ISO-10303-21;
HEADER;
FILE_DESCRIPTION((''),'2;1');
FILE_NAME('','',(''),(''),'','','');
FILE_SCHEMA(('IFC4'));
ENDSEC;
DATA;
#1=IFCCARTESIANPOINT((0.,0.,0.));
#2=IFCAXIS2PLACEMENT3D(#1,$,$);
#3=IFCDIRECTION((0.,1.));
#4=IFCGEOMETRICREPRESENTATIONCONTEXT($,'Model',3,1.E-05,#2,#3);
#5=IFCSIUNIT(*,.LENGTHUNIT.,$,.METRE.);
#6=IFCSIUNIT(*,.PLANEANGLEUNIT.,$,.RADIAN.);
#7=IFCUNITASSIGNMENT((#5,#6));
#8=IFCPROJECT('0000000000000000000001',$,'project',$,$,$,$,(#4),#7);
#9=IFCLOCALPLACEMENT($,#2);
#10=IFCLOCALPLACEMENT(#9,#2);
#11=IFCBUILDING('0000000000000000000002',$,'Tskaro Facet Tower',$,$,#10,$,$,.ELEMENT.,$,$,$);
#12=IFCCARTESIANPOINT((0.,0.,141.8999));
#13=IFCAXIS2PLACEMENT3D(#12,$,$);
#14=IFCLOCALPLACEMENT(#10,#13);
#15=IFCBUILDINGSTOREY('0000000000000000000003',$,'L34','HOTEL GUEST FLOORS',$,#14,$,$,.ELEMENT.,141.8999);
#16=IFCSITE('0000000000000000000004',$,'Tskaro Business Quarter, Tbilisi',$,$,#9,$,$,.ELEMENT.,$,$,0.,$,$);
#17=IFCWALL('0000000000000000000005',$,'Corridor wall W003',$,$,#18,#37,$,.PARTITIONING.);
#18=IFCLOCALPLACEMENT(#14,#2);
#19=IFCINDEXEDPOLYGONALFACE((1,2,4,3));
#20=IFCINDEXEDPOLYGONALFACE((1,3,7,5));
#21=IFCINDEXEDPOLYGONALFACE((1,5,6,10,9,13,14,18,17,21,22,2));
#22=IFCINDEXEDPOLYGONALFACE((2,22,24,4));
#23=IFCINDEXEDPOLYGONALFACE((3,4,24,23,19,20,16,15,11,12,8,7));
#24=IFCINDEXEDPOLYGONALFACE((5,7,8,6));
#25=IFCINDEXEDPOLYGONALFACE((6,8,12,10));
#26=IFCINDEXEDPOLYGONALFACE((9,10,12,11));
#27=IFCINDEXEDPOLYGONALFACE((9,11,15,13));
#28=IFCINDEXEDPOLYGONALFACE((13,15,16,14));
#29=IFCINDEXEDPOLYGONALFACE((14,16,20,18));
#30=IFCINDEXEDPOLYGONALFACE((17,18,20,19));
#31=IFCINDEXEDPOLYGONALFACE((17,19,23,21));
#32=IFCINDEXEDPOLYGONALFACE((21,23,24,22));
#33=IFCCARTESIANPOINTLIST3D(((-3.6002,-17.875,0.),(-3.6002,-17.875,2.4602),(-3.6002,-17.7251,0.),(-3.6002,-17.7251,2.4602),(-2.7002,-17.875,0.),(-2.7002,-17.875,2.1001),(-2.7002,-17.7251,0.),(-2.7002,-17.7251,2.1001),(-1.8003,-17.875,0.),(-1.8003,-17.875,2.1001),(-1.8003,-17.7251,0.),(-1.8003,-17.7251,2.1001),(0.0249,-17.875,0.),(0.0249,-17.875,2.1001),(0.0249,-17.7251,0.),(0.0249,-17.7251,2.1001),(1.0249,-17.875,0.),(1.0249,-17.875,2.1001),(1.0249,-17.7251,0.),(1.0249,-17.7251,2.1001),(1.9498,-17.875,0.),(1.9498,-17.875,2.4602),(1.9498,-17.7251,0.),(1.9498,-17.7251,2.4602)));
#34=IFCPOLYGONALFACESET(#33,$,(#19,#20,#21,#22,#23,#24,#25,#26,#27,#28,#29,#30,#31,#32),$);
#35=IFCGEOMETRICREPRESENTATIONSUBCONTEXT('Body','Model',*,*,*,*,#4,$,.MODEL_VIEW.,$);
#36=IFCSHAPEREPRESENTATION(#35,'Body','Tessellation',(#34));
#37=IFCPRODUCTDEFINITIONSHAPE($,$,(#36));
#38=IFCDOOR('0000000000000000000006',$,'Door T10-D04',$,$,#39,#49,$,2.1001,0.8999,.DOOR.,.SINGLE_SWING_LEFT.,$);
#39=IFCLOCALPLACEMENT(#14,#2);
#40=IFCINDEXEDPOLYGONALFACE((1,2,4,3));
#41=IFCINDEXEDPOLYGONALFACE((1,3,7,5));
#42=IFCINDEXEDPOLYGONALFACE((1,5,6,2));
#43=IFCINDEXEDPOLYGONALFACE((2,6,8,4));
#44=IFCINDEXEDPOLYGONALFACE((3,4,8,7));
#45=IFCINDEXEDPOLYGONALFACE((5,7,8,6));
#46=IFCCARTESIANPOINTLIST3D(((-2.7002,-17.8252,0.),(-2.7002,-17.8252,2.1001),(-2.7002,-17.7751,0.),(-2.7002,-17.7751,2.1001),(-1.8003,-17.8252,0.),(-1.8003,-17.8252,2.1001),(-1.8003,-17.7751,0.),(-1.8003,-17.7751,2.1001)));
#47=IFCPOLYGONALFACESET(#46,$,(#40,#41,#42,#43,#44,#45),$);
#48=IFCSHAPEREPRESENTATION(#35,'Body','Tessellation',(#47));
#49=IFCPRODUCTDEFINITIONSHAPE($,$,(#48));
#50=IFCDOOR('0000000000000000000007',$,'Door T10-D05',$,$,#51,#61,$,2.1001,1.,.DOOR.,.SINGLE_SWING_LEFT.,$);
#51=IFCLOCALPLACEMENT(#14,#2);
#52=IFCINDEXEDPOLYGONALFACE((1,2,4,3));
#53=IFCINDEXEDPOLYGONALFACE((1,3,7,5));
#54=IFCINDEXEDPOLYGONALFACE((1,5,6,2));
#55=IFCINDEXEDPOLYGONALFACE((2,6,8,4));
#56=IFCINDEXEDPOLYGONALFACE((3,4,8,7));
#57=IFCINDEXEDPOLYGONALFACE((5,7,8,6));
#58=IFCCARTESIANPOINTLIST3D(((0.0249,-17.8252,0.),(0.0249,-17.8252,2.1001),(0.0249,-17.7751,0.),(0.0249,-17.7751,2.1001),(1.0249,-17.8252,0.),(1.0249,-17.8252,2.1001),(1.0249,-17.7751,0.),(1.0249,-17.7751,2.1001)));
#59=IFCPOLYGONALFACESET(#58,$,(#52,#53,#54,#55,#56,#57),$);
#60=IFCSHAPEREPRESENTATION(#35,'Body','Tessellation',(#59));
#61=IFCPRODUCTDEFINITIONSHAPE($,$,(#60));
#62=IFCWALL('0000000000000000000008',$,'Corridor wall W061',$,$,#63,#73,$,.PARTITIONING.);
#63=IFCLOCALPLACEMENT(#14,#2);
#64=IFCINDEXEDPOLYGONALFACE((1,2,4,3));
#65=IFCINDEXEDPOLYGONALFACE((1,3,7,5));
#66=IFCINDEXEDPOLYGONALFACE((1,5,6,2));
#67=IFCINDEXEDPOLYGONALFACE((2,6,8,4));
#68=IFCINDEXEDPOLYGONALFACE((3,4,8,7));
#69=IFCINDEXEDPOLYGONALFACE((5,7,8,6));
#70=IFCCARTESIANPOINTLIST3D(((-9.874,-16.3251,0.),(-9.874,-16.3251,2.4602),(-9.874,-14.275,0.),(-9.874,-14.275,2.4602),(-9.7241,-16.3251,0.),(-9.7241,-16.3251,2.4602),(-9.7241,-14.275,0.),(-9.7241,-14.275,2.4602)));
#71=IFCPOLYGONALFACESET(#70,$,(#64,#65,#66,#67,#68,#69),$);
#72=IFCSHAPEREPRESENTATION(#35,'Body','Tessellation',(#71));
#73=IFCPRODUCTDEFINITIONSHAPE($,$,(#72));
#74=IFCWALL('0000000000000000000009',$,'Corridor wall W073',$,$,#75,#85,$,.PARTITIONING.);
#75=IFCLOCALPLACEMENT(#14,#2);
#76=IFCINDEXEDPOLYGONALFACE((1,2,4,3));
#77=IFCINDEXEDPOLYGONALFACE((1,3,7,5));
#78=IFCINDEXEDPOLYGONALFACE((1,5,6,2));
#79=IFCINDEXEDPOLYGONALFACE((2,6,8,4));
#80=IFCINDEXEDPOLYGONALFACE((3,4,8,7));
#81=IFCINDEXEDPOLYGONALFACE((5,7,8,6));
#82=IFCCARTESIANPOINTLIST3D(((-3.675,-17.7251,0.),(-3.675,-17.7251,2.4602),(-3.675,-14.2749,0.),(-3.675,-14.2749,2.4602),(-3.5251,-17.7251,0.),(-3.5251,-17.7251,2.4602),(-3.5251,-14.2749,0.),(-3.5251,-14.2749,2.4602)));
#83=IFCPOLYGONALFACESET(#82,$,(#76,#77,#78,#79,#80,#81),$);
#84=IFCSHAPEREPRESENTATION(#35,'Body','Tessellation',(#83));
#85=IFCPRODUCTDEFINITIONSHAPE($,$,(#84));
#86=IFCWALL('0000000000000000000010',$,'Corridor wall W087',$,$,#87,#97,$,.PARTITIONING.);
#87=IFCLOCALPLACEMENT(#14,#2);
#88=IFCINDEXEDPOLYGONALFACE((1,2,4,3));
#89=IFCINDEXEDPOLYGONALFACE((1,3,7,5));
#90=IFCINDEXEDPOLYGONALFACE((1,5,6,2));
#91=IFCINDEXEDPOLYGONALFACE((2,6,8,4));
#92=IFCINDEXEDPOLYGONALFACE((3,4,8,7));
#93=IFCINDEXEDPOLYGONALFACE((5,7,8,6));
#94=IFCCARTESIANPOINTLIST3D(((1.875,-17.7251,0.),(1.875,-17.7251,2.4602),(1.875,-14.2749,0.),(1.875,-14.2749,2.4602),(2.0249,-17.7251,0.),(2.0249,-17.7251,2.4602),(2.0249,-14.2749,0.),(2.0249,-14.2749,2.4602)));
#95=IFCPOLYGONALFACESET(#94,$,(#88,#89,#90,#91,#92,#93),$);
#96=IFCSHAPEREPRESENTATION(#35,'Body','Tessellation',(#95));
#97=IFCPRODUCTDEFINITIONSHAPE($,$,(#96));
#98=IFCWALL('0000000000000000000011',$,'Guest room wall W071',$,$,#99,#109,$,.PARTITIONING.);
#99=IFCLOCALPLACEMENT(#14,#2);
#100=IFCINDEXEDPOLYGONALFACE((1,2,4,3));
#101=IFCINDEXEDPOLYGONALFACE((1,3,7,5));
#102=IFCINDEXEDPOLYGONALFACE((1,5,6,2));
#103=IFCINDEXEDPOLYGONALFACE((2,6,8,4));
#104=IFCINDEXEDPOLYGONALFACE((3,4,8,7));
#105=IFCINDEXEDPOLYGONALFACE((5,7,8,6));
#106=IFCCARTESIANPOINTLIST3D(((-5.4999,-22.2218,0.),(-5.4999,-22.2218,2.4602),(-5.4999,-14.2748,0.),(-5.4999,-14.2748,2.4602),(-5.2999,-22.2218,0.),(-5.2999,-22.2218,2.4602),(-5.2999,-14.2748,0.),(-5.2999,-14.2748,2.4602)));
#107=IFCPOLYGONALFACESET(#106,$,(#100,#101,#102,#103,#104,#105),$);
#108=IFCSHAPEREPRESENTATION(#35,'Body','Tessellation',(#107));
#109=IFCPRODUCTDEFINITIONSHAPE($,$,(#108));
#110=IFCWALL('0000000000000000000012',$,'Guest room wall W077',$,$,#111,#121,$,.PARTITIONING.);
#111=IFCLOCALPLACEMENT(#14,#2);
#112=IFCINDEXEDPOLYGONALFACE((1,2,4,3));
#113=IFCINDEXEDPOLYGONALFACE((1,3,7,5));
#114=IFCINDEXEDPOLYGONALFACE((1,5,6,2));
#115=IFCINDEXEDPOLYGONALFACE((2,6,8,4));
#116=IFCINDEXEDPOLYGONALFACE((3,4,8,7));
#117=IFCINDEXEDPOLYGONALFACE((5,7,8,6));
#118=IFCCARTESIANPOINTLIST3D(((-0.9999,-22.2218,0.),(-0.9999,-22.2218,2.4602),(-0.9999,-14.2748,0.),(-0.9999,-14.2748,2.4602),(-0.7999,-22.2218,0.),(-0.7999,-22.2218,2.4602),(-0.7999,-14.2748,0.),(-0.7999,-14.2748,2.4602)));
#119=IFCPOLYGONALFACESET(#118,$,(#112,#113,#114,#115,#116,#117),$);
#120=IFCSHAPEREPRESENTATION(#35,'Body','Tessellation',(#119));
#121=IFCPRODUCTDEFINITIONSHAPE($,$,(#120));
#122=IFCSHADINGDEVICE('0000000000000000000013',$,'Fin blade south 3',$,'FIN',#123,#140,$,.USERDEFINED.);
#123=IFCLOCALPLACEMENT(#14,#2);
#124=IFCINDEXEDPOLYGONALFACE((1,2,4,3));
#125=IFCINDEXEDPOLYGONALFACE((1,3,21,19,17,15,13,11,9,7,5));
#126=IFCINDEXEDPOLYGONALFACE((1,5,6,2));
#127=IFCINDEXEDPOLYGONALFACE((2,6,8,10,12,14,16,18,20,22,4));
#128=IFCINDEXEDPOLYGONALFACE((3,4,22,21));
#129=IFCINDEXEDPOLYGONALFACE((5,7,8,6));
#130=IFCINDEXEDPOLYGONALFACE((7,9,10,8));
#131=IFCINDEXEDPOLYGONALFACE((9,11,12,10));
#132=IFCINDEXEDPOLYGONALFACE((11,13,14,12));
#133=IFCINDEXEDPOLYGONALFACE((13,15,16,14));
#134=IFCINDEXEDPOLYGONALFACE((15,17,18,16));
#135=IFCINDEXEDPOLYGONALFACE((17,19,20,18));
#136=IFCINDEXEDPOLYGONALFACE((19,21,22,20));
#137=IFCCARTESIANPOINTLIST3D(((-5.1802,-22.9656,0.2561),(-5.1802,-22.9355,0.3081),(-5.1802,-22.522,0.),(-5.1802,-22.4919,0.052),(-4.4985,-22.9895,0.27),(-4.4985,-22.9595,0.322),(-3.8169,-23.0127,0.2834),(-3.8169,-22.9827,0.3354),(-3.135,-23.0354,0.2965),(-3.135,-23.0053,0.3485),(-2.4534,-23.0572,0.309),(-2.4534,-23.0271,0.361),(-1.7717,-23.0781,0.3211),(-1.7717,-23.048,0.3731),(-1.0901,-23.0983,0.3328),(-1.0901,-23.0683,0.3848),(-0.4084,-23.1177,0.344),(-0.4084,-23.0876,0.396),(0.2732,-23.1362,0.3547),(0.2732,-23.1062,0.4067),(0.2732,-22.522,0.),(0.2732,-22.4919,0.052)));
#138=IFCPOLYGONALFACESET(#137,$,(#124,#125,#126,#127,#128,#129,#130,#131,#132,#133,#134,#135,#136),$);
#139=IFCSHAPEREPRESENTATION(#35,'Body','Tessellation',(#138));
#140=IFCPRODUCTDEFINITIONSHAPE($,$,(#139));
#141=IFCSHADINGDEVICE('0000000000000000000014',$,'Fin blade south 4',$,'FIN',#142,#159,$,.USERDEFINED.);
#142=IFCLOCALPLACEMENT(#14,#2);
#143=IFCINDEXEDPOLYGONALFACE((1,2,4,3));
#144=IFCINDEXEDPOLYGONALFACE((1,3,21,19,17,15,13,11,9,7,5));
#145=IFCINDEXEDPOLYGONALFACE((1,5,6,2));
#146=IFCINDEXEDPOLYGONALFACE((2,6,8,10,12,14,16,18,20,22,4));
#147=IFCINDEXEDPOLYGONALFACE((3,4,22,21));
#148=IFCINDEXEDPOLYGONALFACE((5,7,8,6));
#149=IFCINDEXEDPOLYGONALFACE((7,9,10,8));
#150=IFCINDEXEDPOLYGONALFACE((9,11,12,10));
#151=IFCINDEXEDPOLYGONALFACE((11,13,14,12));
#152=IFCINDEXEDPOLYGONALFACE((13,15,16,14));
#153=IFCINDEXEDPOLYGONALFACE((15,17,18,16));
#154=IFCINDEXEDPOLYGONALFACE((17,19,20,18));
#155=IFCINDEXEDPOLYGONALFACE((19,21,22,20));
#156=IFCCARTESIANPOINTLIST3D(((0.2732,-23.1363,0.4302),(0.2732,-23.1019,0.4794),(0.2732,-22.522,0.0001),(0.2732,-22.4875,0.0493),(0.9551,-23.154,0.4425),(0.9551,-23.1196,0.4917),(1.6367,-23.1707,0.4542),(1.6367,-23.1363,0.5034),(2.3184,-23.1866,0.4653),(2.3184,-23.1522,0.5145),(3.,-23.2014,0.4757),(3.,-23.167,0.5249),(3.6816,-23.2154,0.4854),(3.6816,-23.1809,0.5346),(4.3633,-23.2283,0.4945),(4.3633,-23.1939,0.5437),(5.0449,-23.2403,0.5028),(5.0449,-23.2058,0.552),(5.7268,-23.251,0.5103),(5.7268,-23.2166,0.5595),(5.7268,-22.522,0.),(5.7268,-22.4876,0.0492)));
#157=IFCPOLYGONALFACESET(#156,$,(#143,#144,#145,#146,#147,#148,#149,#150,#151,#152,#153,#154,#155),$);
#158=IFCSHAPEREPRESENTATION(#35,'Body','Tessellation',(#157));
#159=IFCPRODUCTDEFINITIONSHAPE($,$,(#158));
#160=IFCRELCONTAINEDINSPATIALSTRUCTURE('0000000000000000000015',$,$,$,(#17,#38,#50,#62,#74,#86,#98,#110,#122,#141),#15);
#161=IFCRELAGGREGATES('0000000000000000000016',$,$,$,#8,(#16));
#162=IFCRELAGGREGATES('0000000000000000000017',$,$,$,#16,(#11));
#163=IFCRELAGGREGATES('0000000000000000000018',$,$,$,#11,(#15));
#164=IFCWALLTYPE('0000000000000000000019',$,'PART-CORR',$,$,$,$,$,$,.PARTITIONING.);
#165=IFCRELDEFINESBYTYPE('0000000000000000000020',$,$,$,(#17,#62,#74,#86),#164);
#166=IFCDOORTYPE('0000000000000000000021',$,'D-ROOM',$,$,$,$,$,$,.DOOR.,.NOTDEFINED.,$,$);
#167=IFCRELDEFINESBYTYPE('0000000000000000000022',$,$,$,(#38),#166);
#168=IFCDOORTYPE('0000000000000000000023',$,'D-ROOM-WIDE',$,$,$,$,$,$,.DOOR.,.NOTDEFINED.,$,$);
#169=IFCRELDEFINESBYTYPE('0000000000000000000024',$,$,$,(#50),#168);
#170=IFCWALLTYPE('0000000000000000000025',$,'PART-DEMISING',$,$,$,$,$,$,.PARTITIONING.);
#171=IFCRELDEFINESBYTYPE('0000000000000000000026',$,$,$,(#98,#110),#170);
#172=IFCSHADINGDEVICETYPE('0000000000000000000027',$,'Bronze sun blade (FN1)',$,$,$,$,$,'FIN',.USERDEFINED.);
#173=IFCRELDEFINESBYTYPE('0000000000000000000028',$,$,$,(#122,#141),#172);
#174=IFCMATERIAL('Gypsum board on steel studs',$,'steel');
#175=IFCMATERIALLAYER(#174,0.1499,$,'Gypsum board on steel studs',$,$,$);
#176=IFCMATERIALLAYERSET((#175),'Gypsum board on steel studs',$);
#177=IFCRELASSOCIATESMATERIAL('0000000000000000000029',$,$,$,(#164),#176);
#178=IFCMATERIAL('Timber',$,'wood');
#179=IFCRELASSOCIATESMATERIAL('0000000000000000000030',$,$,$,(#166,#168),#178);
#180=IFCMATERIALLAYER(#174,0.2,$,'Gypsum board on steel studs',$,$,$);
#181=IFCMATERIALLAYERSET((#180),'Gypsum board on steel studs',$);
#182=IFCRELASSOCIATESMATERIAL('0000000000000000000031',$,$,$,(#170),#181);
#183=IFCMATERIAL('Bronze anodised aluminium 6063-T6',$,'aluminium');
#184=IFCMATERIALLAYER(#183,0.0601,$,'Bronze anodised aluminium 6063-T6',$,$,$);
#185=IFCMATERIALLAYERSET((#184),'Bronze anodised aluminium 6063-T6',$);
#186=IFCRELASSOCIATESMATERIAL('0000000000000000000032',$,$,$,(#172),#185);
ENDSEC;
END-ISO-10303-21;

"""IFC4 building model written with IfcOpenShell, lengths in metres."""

from ifc_helpers import new_model, si_unit, direction, frame, frame_2d, origin, place, context, subcontext, project, spatial, polyline, rectangle, outline, extrude, material, layer, layer_set, type_object, element, fill, save


model = new_model("IFC4")

# Units and contexts
model_context = context("Model", 3, precision=1e-05, world=origin(), true_north=direction((0.0, 1.0)))
body_context = subcontext(model_context, "Body", "Model", "MODEL_VIEW")
ifc_project = project(units=[si_unit("LENGTHUNIT", "METRE"), si_unit("PLANEANGLEUNIT", "RADIAN")], contexts=[model_context])

# Site, building, storey
site_placement = place(None, origin())
site = spatial("IfcSite", under=ifc_project, at=site_placement, Name="Tskaro Business Quarter, Tbilisi", CompositionType="ELEMENT", RefElevation=0.0)
building_placement = place(site_placement, origin())
building = spatial("IfcBuilding", under=site, at=building_placement, Name="Tskaro Facet Tower", CompositionType="ELEMENT")
storey_placement = place(building_placement, frame((0.0, 0.0, 141.8999)))
storey = spatial("IfcBuildingStorey", under=building, at=storey_placement, Name="L34", Description="HOTEL GUEST FLOORS", CompositionType="ELEMENT", Elevation=141.8999)

# Shared definitions
ifc_material_1 = material(Name="Bronze anodised aluminium 6063-T6", Category="aluminium")

# Wall, openings, doors
ifc_material_2 = material(Name="Gypsum board on steel studs", Category="steel")
ifc_layer_1 = layer(ifc_material_2, 0.1499, Name="Gypsum board on steel studs")
ifc_layer_set_1 = layer_set([ifc_layer_1], Name="Gypsum board on steel studs")
wall_type_1 = type_object("IfcWallType", Name="PART-CORR", PredefinedType="PARTITIONING", material=ifc_layer_set_1)
wall_1_placement = place(storey_placement, frame((-3.6001, -17.8, 0.0), z_axis=(0.0, 0.0, 1.0), x_axis=(1.0, 0.0, 0.0)))
wall_1 = element("IfcWall", 1, at=wall_1_placement, inside=storey, type_object=wall_type_1, Name="Corridor wall W003", PredefinedType="PARTITIONING", context=body_context, shape_type="SweptSolid", body=[
    extrude(rectangle(XDim=5.55, YDim=0.1499, at=frame_2d((2.7749, 0.0))), origin(), (0.0, 0.0, 1.0), 2.4602),
])
opening_1_placement = place(wall_1_placement, frame((0.8999, 0.0, 0.0)))
opening_1 = element("IfcOpeningElement", 2, at=opening_1_placement, cuts=wall_1, PredefinedType="OPENING", context=body_context, shape_type="SweptSolid", body=[
    extrude(rectangle(XDim=0.8999, YDim=2.1001, at=frame_2d((0.45, 1.05))), frame((0.0, 0.085, 0.0), z_axis=(0.0, -1.0, 0.0), x_axis=(1.0, 0.0, 0.0)), (0.0, 0.0, 1.0), 0.1699),
])
opening_2_placement = place(wall_1_placement, frame((3.625, 0.0, 0.0)))
opening_2 = element("IfcOpeningElement", 3, at=opening_2_placement, cuts=wall_1, PredefinedType="OPENING", context=body_context, shape_type="SweptSolid", body=[
    extrude(rectangle(XDim=1.0, YDim=2.1001, at=frame_2d((0.5, 1.05))), frame((0.0, 0.085, 0.0), z_axis=(0.0, -1.0, 0.0), x_axis=(1.0, 0.0, 0.0)), (0.0, 0.0, 1.0), 0.1699),
])
ifc_material_3 = material(Name="Timber", Category="wood")
door_type_1 = type_object("IfcDoorType", Name="D-ROOM", OperationType="NOTDEFINED", PredefinedType="DOOR", material=ifc_material_3)
door_1_placement = place(opening_1_placement, origin())
door_1 = element("IfcDoor", 4, at=door_1_placement, inside=storey, type_object=door_type_1, Name="Door T10-D04", OperationType="SINGLE_SWING_LEFT", OverallHeight=2.1001, OverallWidth=0.8999, PredefinedType="DOOR", context=body_context, shape_type="SweptSolid", body=[
    extrude(rectangle(XDim=0.8999, YDim=2.1001, at=frame_2d((0.45, 1.05))), frame((0.0, 0.0249, 0.0), z_axis=(0.0, -1.0, 0.0), x_axis=(1.0, 0.0, 0.0)), (0.0, 0.0, 1.0), 0.05),
])
fill(opening_1, door_1)
door_type_2 = type_object("IfcDoorType", Name="D-ROOM-WIDE", OperationType="NOTDEFINED", PredefinedType="DOOR", material=ifc_material_3)
door_2_placement = place(opening_2_placement, origin())
door_2 = element("IfcDoor", 5, at=door_2_placement, inside=storey, type_object=door_type_2, Name="Door T10-D05", OperationType="SINGLE_SWING_LEFT", OverallHeight=2.1001, OverallWidth=1.0, PredefinedType="DOOR", context=body_context, shape_type="SweptSolid", body=[
    extrude(rectangle(XDim=1.0, YDim=2.1001, at=frame_2d((0.5, 1.05))), frame((0.0, 0.0249, 0.0), z_axis=(0.0, -1.0, 0.0), x_axis=(1.0, 0.0, 0.0)), (0.0, 0.0, 1.0), 0.05),
])
fill(opening_2, door_2)

# Walls
wall_2_placement = place(storey_placement, frame((-9.7991, -16.325, 0.0), z_axis=(0.0, 0.0, 1.0), x_axis=(0.0, 1.0, 0.0)))
element("IfcWall", 6, at=wall_2_placement, inside=storey, type_object=wall_type_1, Name="Corridor wall W061", PredefinedType="PARTITIONING", context=body_context, shape_type="SweptSolid", body=[
    extrude(rectangle(XDim=2.05, YDim=0.1499, at=frame_2d((1.0249, 0.0))), origin(), (0.0, 0.0, 1.0), 2.4602),
])
for number, where, z_axis, x_axis, name in (
    (7, (-3.6001, -17.7251, 0.0), (0.0, 0.0, 1.0), (0.0, 1.0, 0.0), "Corridor wall W073"),
    (8, (1.95, -17.7251, 0.0), (0.0, 0.0, 1.0), (0.0, 1.0, 0.0), "Corridor wall W087"),
):
    element("IfcWall", number, at=place(storey_placement, frame(where, z_axis=z_axis, x_axis=x_axis)), inside=storey, type_object=wall_type_1, Name=name, PredefinedType="PARTITIONING", context=body_context, shape_type="SweptSolid", body=[
        extrude(rectangle(XDim=3.4502, YDim=0.1499, at=frame_2d((1.7251, 0.0))), origin(), (0.0, 0.0, 1.0), 2.4602),
    ])
ifc_layer_2 = layer(ifc_material_2, 0.2, Name="Gypsum board on steel studs")
ifc_layer_set_2 = layer_set([ifc_layer_2], Name="Gypsum board on steel studs")
wall_type_2 = type_object("IfcWallType", Name="PART-DEMISING", PredefinedType="PARTITIONING", material=ifc_layer_set_2)
for number, where, z_axis, x_axis, name in (
    (9, (-5.3999, -22.2219, 0.0), (0.0, 0.0, 1.0), (0.0, 1.0, 0.0), "Guest room wall W071"),
    (10, (-0.8999, -22.2219, 0.0), (0.0, 0.0, 1.0), (0.0, 1.0, 0.0), "Guest room wall W077"),
):
    element("IfcWall", number, at=place(storey_placement, frame(where, z_axis=z_axis, x_axis=x_axis)), inside=storey, type_object=wall_type_2, Name=name, PredefinedType="PARTITIONING", context=body_context, shape_type="SweptSolid", body=[
        extrude(rectangle(XDim=7.947, YDim=0.2, at=frame_2d((3.9736, 0.0))), origin(), (0.0, 0.0, 1.0), 2.4602),
    ])

# Shading devices
ifc_layer_3 = layer(ifc_material_1, 0.0601, Name="Bronze anodised aluminium 6063-T6")
ifc_layer_set_3 = layer_set([ifc_layer_3], Name="Bronze anodised aluminium 6063-T6")
shading_device_type = type_object("IfcShadingDeviceType", Name="Bronze sun blade (FN1)", ElementType="FIN", PredefinedType="USERDEFINED", material=ifc_layer_set_3)
shading_device_1_placement = place(storey_placement, frame((-5.1802, -22.4919, 0.052), z_axis=(-0.000007, 0.500048, 0.865998), x_axis=(1.0, 0.000004, 0.000006)))
element("IfcShadingDevice", 11, at=shading_device_1_placement, inside=storey, type_object=shading_device_type, Name="Fin blade south 3", ObjectType="FIN", PredefinedType="USERDEFINED", context=body_context, shape_type="SweptSolid", body=[
    extrude(outline(polyline([(0.0, 0.0), (5.4534, 0.0), (5.4534, -0.7093), (4.7717, -0.6879), (4.0901, -0.6656), (3.4084, -0.6422), (2.7268, -0.618), (2.0452, -0.5928), (1.3633, -0.5667), (0.6816, -0.5399), (0.0, -0.5122), (0.0, 0.0)])), origin(), (0.0, 0.0, -1.0), 0.0601),
])
shading_device_2_placement = place(storey_placement, frame((0.2732, -22.4875, 0.0493), z_axis=(0.000018, 0.573465, 0.81923), x_axis=(1.0, -0.00001, -0.000014)))
element("IfcShadingDevice", 12, at=shading_device_2_placement, inside=storey, type_object=shading_device_type, Name="Fin blade south 4", ObjectType="FIN", PredefinedType="USERDEFINED", context=body_context, shape_type="SweptSolid", body=[
    extrude(outline(polyline([(0.0, 0.0), (5.4536, 0.0), (5.4536, -0.8898), (4.7717, -0.8767), (4.0901, -0.8621), (3.4084, -0.8464), (2.7268, -0.8294), (2.0452, -0.8113), (1.3635, -0.7918), (0.6819, -0.7715), (0.0, -0.7499), (0.0, 0.0)])), origin(), (0.0, 0.0, -1.0), 0.0601),
])

save(model, "model.ifc")
